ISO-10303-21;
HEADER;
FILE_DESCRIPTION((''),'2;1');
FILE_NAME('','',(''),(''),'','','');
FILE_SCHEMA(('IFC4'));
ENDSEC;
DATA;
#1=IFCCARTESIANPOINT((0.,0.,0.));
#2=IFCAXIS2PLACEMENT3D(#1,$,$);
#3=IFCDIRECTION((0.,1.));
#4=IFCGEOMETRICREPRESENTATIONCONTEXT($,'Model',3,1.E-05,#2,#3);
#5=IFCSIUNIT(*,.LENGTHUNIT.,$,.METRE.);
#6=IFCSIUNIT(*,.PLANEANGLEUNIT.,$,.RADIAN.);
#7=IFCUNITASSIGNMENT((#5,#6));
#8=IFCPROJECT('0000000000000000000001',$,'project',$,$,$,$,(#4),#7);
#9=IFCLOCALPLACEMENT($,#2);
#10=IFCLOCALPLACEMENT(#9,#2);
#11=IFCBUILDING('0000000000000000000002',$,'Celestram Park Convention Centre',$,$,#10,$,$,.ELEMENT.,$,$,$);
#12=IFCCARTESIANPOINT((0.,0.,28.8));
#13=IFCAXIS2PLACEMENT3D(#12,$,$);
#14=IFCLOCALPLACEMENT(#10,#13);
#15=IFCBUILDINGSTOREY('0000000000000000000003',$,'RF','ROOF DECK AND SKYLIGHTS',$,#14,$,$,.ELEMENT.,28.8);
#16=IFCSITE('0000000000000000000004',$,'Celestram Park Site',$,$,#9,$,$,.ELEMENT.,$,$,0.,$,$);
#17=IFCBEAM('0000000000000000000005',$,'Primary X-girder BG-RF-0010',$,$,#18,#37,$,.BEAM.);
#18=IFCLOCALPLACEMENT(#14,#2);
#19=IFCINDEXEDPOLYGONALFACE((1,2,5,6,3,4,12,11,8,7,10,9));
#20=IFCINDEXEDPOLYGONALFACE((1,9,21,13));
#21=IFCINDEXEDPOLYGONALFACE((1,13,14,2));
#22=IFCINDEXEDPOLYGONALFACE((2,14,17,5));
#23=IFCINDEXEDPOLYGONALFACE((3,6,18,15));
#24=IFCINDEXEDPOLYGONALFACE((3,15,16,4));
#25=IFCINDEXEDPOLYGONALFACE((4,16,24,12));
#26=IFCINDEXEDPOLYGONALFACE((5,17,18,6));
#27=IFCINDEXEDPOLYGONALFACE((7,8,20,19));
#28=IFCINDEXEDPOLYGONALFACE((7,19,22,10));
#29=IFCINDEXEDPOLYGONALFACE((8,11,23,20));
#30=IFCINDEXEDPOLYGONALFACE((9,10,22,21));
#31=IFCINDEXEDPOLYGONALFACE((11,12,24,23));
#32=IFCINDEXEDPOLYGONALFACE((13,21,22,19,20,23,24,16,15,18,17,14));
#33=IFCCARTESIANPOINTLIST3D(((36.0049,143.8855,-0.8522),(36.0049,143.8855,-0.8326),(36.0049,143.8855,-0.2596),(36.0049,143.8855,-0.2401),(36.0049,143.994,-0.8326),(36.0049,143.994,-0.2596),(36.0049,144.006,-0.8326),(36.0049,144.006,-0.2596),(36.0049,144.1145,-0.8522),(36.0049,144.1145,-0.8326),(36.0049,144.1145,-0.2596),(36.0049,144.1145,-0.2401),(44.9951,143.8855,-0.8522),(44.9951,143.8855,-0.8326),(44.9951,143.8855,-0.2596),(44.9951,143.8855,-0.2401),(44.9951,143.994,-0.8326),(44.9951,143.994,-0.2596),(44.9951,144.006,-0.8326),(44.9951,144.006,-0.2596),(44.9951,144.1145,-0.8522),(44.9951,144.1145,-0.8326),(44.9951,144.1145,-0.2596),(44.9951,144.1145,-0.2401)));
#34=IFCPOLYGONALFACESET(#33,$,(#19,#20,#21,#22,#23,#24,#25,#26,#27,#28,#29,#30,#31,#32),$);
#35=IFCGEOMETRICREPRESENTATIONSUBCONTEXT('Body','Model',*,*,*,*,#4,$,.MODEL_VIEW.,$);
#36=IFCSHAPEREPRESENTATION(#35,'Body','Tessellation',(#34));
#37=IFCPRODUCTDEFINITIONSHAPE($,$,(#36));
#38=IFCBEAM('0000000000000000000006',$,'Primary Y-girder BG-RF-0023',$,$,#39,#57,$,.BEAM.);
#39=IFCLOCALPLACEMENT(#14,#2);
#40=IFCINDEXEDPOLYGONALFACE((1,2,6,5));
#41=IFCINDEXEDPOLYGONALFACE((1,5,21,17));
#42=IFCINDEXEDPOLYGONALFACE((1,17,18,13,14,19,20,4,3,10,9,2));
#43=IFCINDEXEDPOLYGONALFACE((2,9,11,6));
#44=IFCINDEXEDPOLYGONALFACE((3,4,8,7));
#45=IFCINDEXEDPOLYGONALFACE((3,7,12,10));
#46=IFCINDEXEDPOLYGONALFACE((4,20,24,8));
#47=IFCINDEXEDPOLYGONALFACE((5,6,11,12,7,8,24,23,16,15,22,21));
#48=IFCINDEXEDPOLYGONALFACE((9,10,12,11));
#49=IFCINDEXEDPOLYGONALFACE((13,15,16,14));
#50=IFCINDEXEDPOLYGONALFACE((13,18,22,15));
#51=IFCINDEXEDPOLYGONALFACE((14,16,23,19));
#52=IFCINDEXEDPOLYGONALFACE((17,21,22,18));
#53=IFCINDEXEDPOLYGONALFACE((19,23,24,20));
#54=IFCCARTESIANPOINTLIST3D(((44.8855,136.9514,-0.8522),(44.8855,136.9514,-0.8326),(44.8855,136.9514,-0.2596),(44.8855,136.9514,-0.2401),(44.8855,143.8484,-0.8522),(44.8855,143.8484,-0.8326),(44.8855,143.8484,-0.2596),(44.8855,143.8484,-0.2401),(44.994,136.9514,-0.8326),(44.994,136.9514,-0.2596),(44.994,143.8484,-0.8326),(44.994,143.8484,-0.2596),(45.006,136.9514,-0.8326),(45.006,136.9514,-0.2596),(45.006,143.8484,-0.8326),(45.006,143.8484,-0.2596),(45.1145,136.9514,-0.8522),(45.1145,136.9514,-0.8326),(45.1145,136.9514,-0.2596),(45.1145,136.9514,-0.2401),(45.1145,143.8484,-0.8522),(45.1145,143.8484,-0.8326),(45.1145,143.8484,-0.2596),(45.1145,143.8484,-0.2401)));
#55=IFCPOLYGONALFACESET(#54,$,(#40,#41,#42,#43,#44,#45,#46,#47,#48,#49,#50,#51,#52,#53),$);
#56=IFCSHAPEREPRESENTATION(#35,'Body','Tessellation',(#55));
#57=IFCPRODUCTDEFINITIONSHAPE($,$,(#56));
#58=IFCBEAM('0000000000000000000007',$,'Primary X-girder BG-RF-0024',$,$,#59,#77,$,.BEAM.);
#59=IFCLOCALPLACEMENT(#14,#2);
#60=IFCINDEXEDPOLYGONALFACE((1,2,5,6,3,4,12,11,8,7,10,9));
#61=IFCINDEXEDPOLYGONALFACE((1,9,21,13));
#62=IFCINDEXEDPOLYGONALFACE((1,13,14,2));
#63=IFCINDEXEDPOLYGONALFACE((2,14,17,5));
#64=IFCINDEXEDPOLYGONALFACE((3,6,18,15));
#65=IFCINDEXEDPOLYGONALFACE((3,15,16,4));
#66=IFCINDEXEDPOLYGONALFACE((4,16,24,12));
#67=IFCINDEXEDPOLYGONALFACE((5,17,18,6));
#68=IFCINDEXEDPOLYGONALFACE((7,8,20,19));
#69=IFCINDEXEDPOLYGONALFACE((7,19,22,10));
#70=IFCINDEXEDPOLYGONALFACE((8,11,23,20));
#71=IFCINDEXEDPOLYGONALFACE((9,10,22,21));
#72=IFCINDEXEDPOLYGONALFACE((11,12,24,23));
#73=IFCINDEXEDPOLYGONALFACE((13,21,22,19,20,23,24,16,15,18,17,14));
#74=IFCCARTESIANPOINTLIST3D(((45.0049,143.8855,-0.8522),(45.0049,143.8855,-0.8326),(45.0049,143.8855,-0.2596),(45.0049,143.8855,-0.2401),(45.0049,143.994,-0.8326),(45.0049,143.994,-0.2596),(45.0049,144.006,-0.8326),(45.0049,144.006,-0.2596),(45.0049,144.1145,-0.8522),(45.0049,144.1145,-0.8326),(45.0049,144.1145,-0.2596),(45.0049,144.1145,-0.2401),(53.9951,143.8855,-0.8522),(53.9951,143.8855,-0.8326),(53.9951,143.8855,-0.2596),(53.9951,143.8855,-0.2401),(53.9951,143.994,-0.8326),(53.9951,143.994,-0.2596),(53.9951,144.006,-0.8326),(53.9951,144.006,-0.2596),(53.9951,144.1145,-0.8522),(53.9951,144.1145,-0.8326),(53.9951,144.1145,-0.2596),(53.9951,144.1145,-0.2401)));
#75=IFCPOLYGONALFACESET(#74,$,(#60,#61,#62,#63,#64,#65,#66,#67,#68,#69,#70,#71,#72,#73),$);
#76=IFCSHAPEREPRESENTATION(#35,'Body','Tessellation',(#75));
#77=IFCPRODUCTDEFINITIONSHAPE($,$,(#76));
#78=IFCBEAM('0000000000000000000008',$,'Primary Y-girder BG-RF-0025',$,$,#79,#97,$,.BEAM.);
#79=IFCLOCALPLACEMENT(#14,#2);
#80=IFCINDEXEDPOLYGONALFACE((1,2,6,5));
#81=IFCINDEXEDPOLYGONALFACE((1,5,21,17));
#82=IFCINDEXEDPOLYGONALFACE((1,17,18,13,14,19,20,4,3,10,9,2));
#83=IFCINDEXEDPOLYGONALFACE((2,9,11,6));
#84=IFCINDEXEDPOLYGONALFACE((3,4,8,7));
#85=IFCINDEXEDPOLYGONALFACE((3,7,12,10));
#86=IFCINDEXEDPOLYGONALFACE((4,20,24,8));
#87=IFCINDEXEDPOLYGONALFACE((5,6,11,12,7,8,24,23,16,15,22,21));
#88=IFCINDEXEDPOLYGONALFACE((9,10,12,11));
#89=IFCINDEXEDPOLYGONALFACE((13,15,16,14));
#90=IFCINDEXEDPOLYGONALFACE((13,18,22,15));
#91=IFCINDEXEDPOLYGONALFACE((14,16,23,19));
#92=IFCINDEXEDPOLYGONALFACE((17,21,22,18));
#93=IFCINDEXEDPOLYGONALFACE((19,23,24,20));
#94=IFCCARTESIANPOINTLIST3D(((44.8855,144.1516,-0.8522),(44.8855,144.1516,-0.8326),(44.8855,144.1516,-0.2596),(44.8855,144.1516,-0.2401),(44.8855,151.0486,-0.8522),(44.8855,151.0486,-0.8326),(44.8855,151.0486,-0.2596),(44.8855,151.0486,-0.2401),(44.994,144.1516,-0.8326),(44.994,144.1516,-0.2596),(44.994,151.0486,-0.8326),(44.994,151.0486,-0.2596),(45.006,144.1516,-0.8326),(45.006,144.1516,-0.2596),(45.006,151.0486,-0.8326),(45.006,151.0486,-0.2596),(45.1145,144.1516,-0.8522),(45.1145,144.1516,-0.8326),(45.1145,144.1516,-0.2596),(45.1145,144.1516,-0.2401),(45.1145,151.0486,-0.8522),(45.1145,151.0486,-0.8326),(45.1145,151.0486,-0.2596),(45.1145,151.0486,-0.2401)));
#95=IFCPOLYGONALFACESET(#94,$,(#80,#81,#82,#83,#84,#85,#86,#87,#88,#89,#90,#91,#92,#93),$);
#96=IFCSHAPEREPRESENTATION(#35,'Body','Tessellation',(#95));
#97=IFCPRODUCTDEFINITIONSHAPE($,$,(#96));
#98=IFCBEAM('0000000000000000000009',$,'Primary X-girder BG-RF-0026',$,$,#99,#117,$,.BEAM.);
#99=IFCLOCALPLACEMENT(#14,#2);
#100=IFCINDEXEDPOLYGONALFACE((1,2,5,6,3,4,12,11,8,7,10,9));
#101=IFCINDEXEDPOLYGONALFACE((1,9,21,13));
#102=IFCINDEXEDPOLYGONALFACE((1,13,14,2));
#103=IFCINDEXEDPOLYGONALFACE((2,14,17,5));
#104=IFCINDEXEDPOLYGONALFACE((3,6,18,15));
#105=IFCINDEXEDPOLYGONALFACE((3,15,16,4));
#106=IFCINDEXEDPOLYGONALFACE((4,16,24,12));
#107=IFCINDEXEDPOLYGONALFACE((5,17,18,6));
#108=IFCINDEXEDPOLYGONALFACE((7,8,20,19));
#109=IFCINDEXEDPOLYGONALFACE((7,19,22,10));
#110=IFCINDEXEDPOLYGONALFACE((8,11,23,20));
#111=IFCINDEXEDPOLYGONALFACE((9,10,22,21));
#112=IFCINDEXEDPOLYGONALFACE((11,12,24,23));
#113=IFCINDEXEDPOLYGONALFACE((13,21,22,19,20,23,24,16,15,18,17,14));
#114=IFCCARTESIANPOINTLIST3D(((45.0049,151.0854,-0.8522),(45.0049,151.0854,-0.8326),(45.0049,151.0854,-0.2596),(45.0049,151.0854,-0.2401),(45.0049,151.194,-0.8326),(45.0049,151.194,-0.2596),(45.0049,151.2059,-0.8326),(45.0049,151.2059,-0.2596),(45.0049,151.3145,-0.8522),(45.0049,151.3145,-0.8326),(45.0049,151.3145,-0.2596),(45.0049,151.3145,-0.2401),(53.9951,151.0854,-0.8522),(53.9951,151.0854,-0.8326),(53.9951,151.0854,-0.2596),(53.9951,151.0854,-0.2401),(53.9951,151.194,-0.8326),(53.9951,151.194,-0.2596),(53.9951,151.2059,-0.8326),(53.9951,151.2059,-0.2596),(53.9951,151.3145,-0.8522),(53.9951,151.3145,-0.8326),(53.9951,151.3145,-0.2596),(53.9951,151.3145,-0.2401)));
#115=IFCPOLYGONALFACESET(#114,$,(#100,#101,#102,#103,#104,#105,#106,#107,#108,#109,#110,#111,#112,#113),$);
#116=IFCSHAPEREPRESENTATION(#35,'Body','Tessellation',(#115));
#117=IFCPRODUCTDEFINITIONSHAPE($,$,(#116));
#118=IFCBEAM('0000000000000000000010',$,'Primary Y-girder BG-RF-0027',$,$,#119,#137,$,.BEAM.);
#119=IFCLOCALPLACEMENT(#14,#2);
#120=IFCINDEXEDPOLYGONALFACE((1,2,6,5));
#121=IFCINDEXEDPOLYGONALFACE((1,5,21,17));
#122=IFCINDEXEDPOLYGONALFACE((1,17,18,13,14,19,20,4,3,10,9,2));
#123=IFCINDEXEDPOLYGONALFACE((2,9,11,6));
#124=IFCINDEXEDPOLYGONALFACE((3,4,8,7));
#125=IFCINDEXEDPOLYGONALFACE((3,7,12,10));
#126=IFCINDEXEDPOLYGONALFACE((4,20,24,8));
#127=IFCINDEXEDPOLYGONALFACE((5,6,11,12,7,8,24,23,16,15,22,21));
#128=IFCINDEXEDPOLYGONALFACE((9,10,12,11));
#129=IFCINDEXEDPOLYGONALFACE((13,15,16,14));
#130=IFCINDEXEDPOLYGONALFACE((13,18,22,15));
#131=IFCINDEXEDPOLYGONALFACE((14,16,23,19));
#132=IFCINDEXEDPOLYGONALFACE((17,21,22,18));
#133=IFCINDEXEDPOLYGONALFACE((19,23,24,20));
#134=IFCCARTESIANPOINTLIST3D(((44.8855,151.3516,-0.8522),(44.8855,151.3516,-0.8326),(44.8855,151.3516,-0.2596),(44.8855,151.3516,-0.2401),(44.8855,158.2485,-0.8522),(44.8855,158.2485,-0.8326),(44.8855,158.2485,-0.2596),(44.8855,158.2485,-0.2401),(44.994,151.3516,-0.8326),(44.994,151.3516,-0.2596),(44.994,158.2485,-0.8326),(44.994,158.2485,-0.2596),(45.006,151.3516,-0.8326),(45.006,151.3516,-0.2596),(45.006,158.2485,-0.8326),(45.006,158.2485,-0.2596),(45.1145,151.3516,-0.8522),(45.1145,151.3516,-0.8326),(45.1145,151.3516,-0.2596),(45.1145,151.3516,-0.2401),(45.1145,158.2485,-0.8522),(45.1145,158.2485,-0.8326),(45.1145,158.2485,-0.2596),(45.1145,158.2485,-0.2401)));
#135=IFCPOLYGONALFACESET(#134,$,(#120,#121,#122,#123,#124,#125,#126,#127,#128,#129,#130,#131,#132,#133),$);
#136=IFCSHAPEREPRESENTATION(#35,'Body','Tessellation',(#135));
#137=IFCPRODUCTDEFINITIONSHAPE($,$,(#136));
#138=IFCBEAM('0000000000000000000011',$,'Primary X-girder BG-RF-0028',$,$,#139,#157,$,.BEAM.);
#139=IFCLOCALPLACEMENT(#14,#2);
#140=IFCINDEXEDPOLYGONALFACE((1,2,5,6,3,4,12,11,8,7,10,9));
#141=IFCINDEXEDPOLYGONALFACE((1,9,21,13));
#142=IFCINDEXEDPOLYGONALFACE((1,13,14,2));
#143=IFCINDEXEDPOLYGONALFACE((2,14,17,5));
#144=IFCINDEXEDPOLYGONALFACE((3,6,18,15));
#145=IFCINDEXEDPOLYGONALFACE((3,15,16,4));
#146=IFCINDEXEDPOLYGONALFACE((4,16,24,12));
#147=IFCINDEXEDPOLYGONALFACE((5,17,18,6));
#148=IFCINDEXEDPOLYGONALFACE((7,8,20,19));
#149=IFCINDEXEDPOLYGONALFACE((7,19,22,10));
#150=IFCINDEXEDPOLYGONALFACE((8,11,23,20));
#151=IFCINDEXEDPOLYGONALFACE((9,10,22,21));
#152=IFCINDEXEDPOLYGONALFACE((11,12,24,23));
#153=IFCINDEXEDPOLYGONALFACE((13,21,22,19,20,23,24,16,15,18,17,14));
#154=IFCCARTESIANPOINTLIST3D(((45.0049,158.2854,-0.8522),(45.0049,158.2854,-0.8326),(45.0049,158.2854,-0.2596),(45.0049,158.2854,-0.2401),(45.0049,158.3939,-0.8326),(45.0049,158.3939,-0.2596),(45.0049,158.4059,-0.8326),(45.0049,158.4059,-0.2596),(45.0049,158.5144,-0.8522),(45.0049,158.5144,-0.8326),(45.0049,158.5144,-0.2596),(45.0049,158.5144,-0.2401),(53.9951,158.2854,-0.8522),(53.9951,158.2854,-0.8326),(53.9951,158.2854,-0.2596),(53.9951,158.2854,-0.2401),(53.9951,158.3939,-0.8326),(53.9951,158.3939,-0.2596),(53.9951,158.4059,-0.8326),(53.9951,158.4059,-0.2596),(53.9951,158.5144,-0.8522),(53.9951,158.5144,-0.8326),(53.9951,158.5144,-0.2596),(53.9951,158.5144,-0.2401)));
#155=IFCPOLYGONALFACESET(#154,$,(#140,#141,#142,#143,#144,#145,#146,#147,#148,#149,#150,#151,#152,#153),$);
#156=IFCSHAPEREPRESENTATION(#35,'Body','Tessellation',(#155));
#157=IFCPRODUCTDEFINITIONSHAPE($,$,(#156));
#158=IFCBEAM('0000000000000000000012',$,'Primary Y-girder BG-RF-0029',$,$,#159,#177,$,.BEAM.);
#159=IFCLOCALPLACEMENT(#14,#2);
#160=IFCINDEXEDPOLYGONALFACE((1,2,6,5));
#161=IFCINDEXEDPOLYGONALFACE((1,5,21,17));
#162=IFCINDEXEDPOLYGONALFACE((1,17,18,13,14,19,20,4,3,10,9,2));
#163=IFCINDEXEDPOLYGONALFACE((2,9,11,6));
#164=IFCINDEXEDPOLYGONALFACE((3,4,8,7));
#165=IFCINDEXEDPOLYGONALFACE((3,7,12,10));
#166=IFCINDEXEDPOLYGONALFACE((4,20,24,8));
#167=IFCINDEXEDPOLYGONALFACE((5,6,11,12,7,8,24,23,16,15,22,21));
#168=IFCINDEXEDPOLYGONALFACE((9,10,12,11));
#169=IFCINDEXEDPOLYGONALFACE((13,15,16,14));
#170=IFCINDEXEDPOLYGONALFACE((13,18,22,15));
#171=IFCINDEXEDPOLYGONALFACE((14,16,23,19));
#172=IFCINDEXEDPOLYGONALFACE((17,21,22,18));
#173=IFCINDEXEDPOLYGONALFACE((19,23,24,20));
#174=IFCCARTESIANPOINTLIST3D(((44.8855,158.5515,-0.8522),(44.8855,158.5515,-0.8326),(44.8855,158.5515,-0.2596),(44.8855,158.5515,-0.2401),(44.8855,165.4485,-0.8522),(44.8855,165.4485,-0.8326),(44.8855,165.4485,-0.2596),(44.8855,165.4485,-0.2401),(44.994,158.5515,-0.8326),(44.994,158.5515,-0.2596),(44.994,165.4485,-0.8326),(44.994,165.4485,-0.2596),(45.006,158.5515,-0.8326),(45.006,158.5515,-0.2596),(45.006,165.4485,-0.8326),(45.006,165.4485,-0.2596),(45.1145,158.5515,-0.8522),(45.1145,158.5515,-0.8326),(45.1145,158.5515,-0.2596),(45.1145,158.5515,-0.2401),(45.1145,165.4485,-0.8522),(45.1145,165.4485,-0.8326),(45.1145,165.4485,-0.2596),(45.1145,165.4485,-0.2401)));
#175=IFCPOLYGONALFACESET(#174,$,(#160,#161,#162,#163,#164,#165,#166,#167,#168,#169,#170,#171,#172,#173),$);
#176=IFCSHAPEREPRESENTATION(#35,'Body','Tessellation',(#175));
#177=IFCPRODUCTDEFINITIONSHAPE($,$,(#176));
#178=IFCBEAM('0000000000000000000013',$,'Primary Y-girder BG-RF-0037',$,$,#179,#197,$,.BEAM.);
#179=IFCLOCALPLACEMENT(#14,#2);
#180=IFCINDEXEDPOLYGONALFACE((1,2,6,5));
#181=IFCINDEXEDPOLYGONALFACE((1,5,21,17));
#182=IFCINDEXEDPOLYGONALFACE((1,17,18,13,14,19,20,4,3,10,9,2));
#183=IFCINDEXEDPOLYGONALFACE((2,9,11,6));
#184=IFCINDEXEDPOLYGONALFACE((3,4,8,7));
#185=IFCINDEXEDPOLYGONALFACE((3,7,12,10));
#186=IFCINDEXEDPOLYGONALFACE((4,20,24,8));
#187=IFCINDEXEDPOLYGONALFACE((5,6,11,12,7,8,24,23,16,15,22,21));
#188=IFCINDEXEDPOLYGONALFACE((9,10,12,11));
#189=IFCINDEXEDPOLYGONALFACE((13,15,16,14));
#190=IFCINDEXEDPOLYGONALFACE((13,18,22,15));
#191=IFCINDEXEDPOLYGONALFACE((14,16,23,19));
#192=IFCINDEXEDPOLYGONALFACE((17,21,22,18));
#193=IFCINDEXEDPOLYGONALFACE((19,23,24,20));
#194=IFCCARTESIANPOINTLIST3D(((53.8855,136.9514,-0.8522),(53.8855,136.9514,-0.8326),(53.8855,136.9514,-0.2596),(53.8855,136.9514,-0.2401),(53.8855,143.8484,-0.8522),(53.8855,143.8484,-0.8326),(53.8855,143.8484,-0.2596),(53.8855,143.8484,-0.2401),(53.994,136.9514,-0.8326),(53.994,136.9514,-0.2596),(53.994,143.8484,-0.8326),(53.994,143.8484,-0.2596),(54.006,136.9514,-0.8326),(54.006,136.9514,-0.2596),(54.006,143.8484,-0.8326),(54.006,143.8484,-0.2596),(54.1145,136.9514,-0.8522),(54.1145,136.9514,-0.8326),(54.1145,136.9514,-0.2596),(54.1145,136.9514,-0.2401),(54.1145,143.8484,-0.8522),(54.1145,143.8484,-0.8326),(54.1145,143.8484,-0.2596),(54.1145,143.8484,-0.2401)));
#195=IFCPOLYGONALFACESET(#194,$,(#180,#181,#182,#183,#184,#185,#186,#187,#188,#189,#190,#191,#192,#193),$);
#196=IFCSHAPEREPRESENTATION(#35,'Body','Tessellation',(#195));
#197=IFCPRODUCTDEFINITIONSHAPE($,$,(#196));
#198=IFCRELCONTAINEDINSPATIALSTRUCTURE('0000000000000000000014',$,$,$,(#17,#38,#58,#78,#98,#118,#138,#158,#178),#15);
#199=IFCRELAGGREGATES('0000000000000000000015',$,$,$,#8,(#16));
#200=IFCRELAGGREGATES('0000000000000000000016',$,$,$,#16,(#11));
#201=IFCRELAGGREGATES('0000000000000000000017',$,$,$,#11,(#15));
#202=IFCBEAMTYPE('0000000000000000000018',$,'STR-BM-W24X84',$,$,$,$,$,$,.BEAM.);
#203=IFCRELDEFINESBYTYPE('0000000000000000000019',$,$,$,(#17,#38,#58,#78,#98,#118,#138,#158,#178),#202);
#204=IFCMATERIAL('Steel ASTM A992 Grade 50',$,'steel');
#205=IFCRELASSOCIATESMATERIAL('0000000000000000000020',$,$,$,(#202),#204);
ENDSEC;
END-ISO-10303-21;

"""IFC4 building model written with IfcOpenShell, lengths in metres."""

from ifc_helpers import new_model, si_unit, direction, frame, origin, origin_2d, place, context, subcontext, project, spatial, i_section, extrude, material, material_profile, profile_set, type_object, element, save


model = new_model("IFC4")

# Units and contexts
model_context = context("Model", 3, precision=1e-05, world=origin(), true_north=direction((0.0, 1.0)))
body_context = subcontext(model_context, "Body", "Model", "MODEL_VIEW")
ifc_project = project(units=[si_unit("LENGTHUNIT", "METRE"), si_unit("PLANEANGLEUNIT", "RADIAN")], contexts=[model_context])

# Site, building, storey
site_placement = place(None, origin())
site = spatial("IfcSite", under=ifc_project, at=site_placement, Name="Celestram Park Site", CompositionType="ELEMENT", RefElevation=0.0)
building_placement = place(site_placement, origin())
building = spatial("IfcBuilding", under=site, at=building_placement, Name="Celestram Park Convention Centre", CompositionType="ELEMENT")
storey_placement = place(building_placement, frame((0.0, 0.0, 28.8)))
storey = spatial("IfcBuildingStorey", under=building, at=storey_placement, Name="RF", Description="ROOF DECK AND SKYLIGHTS", CompositionType="ELEMENT", Elevation=28.8)

# Beams
ifc_material_1 = material(Name="Steel ASTM A992 Grade 50", Category="steel")
ifc_material_profile_1 = material_profile(ifc_material_1, i_section(OverallWidth=0.229, OverallDepth=0.6121, WebThickness=0.012, FlangeThickness=0.0195, at=origin_2d()), Name="W24X84")
ifc_profile_set_1 = profile_set([ifc_material_profile_1], Name="Steel ASTM A992 Grade 50")
beam_type_1 = type_object("IfcBeamType", Name="STR-BM-W24X84", PredefinedType="BEAM", material=ifc_profile_set_1)
beam_1_placement = place(storey_placement, frame((36.0049, 144.0, -0.5461), z_axis=(1.0, 0.0, 0.0), x_axis=(0.0, 1.0, 0.0)))
element("IfcBeam", 1, at=beam_1_placement, inside=storey, type_object=beam_type_1, Name="Primary X-girder BG-RF-0010", PredefinedType="BEAM", context=body_context, shape_type="SweptSolid", body=[
    extrude(i_section(OverallWidth=0.229, OverallDepth=0.6121, WebThickness=0.012, FlangeThickness=0.0195, at=origin_2d()), origin(), (0.0, 0.0, 1.0), 8.9902),
])
beam_2_placement = place(storey_placement, frame((45.0, 136.9514, -0.5461), z_axis=(0.0, 1.0, 0.0), x_axis=(-1.0, 0.0, 0.0)))
element("IfcBeam", 2, at=beam_2_placement, inside=storey, type_object=beam_type_1, Name="Primary Y-girder BG-RF-0023", PredefinedType="BEAM", context=body_context, shape_type="SweptSolid", body=[
    extrude(i_section(OverallWidth=0.229, OverallDepth=0.6121, WebThickness=0.012, FlangeThickness=0.0195, at=origin_2d()), origin(), (0.0, 0.0, 1.0), 6.897),
])
beam_3_placement = place(storey_placement, frame((45.0049, 144.0, -0.5461), z_axis=(1.0, 0.0, 0.0), x_axis=(0.0, 1.0, 0.0)))
element("IfcBeam", 3, at=beam_3_placement, inside=storey, type_object=beam_type_1, Name="Primary X-girder BG-RF-0024", PredefinedType="BEAM", context=body_context, shape_type="SweptSolid", body=[
    extrude(i_section(OverallWidth=0.229, OverallDepth=0.6121, WebThickness=0.012, FlangeThickness=0.0195, at=origin_2d()), origin(), (0.0, 0.0, 1.0), 8.9902),
])
beam_4_placement = place(storey_placement, frame((45.0, 144.1516, -0.5461), z_axis=(0.0, 1.0, 0.0), x_axis=(-1.0, 0.0, 0.0)))
element("IfcBeam", 4, at=beam_4_placement, inside=storey, type_object=beam_type_1, Name="Primary Y-girder BG-RF-0025", PredefinedType="BEAM", context=body_context, shape_type="SweptSolid", body=[
    extrude(i_section(OverallWidth=0.229, OverallDepth=0.6121, WebThickness=0.012, FlangeThickness=0.0195, at=origin_2d()), origin(), (0.0, 0.0, 1.0), 6.897),
])
beam_5_placement = place(storey_placement, frame((45.0049, 151.2, -0.5461), z_axis=(1.0, 0.0, 0.0), x_axis=(0.0, 1.0, 0.0)))
element("IfcBeam", 5, at=beam_5_placement, inside=storey, type_object=beam_type_1, Name="Primary X-girder BG-RF-0026", PredefinedType="BEAM", context=body_context, shape_type="SweptSolid", body=[
    extrude(i_section(OverallWidth=0.229, OverallDepth=0.6121, WebThickness=0.012, FlangeThickness=0.0195, at=origin_2d()), origin(), (0.0, 0.0, 1.0), 8.9902),
])
beam_6_placement = place(storey_placement, frame((45.0, 151.3516, -0.5461), z_axis=(0.0, 1.0, 0.0), x_axis=(-1.0, 0.0, 0.0)))
element("IfcBeam", 6, at=beam_6_placement, inside=storey, type_object=beam_type_1, Name="Primary Y-girder BG-RF-0027", PredefinedType="BEAM", context=body_context, shape_type="SweptSolid", body=[
    extrude(i_section(OverallWidth=0.229, OverallDepth=0.6121, WebThickness=0.012, FlangeThickness=0.0195, at=origin_2d()), origin(), (0.0, 0.0, 1.0), 6.897),
])
beam_7_placement = place(storey_placement, frame((45.0049, 158.3999, -0.5461), z_axis=(1.0, 0.0, 0.0), x_axis=(0.0, 1.0, 0.0)))
element("IfcBeam", 7, at=beam_7_placement, inside=storey, type_object=beam_type_1, Name="Primary X-girder BG-RF-0028", PredefinedType="BEAM", context=body_context, shape_type="SweptSolid", body=[
    extrude(i_section(OverallWidth=0.229, OverallDepth=0.6121, WebThickness=0.012, FlangeThickness=0.0195, at=origin_2d()), origin(), (0.0, 0.0, 1.0), 8.9902),
])
for number, where, z_axis, x_axis, name in (
    (8, (45.0, 158.5515, -0.5461), (0.0, 1.0, 0.0), (-1.0, 0.0, 0.0), "Primary Y-girder BG-RF-0029"),
    (9, (54.0, 136.9514, -0.5461), (0.0, 1.0, 0.0), (-1.0, 0.0, 0.0), "Primary Y-girder BG-RF-0037"),
):
    element("IfcBeam", number, at=place(storey_placement, frame(where, z_axis=z_axis, x_axis=x_axis)), inside=storey, type_object=beam_type_1, Name=name, PredefinedType="BEAM", context=body_context, shape_type="SweptSolid", body=[
        extrude(i_section(OverallWidth=0.229, OverallDepth=0.6121, WebThickness=0.012, FlangeThickness=0.0195, at=origin_2d()), origin(), (0.0, 0.0, 1.0), 6.897),
    ])

save(model, "model.ifc")
